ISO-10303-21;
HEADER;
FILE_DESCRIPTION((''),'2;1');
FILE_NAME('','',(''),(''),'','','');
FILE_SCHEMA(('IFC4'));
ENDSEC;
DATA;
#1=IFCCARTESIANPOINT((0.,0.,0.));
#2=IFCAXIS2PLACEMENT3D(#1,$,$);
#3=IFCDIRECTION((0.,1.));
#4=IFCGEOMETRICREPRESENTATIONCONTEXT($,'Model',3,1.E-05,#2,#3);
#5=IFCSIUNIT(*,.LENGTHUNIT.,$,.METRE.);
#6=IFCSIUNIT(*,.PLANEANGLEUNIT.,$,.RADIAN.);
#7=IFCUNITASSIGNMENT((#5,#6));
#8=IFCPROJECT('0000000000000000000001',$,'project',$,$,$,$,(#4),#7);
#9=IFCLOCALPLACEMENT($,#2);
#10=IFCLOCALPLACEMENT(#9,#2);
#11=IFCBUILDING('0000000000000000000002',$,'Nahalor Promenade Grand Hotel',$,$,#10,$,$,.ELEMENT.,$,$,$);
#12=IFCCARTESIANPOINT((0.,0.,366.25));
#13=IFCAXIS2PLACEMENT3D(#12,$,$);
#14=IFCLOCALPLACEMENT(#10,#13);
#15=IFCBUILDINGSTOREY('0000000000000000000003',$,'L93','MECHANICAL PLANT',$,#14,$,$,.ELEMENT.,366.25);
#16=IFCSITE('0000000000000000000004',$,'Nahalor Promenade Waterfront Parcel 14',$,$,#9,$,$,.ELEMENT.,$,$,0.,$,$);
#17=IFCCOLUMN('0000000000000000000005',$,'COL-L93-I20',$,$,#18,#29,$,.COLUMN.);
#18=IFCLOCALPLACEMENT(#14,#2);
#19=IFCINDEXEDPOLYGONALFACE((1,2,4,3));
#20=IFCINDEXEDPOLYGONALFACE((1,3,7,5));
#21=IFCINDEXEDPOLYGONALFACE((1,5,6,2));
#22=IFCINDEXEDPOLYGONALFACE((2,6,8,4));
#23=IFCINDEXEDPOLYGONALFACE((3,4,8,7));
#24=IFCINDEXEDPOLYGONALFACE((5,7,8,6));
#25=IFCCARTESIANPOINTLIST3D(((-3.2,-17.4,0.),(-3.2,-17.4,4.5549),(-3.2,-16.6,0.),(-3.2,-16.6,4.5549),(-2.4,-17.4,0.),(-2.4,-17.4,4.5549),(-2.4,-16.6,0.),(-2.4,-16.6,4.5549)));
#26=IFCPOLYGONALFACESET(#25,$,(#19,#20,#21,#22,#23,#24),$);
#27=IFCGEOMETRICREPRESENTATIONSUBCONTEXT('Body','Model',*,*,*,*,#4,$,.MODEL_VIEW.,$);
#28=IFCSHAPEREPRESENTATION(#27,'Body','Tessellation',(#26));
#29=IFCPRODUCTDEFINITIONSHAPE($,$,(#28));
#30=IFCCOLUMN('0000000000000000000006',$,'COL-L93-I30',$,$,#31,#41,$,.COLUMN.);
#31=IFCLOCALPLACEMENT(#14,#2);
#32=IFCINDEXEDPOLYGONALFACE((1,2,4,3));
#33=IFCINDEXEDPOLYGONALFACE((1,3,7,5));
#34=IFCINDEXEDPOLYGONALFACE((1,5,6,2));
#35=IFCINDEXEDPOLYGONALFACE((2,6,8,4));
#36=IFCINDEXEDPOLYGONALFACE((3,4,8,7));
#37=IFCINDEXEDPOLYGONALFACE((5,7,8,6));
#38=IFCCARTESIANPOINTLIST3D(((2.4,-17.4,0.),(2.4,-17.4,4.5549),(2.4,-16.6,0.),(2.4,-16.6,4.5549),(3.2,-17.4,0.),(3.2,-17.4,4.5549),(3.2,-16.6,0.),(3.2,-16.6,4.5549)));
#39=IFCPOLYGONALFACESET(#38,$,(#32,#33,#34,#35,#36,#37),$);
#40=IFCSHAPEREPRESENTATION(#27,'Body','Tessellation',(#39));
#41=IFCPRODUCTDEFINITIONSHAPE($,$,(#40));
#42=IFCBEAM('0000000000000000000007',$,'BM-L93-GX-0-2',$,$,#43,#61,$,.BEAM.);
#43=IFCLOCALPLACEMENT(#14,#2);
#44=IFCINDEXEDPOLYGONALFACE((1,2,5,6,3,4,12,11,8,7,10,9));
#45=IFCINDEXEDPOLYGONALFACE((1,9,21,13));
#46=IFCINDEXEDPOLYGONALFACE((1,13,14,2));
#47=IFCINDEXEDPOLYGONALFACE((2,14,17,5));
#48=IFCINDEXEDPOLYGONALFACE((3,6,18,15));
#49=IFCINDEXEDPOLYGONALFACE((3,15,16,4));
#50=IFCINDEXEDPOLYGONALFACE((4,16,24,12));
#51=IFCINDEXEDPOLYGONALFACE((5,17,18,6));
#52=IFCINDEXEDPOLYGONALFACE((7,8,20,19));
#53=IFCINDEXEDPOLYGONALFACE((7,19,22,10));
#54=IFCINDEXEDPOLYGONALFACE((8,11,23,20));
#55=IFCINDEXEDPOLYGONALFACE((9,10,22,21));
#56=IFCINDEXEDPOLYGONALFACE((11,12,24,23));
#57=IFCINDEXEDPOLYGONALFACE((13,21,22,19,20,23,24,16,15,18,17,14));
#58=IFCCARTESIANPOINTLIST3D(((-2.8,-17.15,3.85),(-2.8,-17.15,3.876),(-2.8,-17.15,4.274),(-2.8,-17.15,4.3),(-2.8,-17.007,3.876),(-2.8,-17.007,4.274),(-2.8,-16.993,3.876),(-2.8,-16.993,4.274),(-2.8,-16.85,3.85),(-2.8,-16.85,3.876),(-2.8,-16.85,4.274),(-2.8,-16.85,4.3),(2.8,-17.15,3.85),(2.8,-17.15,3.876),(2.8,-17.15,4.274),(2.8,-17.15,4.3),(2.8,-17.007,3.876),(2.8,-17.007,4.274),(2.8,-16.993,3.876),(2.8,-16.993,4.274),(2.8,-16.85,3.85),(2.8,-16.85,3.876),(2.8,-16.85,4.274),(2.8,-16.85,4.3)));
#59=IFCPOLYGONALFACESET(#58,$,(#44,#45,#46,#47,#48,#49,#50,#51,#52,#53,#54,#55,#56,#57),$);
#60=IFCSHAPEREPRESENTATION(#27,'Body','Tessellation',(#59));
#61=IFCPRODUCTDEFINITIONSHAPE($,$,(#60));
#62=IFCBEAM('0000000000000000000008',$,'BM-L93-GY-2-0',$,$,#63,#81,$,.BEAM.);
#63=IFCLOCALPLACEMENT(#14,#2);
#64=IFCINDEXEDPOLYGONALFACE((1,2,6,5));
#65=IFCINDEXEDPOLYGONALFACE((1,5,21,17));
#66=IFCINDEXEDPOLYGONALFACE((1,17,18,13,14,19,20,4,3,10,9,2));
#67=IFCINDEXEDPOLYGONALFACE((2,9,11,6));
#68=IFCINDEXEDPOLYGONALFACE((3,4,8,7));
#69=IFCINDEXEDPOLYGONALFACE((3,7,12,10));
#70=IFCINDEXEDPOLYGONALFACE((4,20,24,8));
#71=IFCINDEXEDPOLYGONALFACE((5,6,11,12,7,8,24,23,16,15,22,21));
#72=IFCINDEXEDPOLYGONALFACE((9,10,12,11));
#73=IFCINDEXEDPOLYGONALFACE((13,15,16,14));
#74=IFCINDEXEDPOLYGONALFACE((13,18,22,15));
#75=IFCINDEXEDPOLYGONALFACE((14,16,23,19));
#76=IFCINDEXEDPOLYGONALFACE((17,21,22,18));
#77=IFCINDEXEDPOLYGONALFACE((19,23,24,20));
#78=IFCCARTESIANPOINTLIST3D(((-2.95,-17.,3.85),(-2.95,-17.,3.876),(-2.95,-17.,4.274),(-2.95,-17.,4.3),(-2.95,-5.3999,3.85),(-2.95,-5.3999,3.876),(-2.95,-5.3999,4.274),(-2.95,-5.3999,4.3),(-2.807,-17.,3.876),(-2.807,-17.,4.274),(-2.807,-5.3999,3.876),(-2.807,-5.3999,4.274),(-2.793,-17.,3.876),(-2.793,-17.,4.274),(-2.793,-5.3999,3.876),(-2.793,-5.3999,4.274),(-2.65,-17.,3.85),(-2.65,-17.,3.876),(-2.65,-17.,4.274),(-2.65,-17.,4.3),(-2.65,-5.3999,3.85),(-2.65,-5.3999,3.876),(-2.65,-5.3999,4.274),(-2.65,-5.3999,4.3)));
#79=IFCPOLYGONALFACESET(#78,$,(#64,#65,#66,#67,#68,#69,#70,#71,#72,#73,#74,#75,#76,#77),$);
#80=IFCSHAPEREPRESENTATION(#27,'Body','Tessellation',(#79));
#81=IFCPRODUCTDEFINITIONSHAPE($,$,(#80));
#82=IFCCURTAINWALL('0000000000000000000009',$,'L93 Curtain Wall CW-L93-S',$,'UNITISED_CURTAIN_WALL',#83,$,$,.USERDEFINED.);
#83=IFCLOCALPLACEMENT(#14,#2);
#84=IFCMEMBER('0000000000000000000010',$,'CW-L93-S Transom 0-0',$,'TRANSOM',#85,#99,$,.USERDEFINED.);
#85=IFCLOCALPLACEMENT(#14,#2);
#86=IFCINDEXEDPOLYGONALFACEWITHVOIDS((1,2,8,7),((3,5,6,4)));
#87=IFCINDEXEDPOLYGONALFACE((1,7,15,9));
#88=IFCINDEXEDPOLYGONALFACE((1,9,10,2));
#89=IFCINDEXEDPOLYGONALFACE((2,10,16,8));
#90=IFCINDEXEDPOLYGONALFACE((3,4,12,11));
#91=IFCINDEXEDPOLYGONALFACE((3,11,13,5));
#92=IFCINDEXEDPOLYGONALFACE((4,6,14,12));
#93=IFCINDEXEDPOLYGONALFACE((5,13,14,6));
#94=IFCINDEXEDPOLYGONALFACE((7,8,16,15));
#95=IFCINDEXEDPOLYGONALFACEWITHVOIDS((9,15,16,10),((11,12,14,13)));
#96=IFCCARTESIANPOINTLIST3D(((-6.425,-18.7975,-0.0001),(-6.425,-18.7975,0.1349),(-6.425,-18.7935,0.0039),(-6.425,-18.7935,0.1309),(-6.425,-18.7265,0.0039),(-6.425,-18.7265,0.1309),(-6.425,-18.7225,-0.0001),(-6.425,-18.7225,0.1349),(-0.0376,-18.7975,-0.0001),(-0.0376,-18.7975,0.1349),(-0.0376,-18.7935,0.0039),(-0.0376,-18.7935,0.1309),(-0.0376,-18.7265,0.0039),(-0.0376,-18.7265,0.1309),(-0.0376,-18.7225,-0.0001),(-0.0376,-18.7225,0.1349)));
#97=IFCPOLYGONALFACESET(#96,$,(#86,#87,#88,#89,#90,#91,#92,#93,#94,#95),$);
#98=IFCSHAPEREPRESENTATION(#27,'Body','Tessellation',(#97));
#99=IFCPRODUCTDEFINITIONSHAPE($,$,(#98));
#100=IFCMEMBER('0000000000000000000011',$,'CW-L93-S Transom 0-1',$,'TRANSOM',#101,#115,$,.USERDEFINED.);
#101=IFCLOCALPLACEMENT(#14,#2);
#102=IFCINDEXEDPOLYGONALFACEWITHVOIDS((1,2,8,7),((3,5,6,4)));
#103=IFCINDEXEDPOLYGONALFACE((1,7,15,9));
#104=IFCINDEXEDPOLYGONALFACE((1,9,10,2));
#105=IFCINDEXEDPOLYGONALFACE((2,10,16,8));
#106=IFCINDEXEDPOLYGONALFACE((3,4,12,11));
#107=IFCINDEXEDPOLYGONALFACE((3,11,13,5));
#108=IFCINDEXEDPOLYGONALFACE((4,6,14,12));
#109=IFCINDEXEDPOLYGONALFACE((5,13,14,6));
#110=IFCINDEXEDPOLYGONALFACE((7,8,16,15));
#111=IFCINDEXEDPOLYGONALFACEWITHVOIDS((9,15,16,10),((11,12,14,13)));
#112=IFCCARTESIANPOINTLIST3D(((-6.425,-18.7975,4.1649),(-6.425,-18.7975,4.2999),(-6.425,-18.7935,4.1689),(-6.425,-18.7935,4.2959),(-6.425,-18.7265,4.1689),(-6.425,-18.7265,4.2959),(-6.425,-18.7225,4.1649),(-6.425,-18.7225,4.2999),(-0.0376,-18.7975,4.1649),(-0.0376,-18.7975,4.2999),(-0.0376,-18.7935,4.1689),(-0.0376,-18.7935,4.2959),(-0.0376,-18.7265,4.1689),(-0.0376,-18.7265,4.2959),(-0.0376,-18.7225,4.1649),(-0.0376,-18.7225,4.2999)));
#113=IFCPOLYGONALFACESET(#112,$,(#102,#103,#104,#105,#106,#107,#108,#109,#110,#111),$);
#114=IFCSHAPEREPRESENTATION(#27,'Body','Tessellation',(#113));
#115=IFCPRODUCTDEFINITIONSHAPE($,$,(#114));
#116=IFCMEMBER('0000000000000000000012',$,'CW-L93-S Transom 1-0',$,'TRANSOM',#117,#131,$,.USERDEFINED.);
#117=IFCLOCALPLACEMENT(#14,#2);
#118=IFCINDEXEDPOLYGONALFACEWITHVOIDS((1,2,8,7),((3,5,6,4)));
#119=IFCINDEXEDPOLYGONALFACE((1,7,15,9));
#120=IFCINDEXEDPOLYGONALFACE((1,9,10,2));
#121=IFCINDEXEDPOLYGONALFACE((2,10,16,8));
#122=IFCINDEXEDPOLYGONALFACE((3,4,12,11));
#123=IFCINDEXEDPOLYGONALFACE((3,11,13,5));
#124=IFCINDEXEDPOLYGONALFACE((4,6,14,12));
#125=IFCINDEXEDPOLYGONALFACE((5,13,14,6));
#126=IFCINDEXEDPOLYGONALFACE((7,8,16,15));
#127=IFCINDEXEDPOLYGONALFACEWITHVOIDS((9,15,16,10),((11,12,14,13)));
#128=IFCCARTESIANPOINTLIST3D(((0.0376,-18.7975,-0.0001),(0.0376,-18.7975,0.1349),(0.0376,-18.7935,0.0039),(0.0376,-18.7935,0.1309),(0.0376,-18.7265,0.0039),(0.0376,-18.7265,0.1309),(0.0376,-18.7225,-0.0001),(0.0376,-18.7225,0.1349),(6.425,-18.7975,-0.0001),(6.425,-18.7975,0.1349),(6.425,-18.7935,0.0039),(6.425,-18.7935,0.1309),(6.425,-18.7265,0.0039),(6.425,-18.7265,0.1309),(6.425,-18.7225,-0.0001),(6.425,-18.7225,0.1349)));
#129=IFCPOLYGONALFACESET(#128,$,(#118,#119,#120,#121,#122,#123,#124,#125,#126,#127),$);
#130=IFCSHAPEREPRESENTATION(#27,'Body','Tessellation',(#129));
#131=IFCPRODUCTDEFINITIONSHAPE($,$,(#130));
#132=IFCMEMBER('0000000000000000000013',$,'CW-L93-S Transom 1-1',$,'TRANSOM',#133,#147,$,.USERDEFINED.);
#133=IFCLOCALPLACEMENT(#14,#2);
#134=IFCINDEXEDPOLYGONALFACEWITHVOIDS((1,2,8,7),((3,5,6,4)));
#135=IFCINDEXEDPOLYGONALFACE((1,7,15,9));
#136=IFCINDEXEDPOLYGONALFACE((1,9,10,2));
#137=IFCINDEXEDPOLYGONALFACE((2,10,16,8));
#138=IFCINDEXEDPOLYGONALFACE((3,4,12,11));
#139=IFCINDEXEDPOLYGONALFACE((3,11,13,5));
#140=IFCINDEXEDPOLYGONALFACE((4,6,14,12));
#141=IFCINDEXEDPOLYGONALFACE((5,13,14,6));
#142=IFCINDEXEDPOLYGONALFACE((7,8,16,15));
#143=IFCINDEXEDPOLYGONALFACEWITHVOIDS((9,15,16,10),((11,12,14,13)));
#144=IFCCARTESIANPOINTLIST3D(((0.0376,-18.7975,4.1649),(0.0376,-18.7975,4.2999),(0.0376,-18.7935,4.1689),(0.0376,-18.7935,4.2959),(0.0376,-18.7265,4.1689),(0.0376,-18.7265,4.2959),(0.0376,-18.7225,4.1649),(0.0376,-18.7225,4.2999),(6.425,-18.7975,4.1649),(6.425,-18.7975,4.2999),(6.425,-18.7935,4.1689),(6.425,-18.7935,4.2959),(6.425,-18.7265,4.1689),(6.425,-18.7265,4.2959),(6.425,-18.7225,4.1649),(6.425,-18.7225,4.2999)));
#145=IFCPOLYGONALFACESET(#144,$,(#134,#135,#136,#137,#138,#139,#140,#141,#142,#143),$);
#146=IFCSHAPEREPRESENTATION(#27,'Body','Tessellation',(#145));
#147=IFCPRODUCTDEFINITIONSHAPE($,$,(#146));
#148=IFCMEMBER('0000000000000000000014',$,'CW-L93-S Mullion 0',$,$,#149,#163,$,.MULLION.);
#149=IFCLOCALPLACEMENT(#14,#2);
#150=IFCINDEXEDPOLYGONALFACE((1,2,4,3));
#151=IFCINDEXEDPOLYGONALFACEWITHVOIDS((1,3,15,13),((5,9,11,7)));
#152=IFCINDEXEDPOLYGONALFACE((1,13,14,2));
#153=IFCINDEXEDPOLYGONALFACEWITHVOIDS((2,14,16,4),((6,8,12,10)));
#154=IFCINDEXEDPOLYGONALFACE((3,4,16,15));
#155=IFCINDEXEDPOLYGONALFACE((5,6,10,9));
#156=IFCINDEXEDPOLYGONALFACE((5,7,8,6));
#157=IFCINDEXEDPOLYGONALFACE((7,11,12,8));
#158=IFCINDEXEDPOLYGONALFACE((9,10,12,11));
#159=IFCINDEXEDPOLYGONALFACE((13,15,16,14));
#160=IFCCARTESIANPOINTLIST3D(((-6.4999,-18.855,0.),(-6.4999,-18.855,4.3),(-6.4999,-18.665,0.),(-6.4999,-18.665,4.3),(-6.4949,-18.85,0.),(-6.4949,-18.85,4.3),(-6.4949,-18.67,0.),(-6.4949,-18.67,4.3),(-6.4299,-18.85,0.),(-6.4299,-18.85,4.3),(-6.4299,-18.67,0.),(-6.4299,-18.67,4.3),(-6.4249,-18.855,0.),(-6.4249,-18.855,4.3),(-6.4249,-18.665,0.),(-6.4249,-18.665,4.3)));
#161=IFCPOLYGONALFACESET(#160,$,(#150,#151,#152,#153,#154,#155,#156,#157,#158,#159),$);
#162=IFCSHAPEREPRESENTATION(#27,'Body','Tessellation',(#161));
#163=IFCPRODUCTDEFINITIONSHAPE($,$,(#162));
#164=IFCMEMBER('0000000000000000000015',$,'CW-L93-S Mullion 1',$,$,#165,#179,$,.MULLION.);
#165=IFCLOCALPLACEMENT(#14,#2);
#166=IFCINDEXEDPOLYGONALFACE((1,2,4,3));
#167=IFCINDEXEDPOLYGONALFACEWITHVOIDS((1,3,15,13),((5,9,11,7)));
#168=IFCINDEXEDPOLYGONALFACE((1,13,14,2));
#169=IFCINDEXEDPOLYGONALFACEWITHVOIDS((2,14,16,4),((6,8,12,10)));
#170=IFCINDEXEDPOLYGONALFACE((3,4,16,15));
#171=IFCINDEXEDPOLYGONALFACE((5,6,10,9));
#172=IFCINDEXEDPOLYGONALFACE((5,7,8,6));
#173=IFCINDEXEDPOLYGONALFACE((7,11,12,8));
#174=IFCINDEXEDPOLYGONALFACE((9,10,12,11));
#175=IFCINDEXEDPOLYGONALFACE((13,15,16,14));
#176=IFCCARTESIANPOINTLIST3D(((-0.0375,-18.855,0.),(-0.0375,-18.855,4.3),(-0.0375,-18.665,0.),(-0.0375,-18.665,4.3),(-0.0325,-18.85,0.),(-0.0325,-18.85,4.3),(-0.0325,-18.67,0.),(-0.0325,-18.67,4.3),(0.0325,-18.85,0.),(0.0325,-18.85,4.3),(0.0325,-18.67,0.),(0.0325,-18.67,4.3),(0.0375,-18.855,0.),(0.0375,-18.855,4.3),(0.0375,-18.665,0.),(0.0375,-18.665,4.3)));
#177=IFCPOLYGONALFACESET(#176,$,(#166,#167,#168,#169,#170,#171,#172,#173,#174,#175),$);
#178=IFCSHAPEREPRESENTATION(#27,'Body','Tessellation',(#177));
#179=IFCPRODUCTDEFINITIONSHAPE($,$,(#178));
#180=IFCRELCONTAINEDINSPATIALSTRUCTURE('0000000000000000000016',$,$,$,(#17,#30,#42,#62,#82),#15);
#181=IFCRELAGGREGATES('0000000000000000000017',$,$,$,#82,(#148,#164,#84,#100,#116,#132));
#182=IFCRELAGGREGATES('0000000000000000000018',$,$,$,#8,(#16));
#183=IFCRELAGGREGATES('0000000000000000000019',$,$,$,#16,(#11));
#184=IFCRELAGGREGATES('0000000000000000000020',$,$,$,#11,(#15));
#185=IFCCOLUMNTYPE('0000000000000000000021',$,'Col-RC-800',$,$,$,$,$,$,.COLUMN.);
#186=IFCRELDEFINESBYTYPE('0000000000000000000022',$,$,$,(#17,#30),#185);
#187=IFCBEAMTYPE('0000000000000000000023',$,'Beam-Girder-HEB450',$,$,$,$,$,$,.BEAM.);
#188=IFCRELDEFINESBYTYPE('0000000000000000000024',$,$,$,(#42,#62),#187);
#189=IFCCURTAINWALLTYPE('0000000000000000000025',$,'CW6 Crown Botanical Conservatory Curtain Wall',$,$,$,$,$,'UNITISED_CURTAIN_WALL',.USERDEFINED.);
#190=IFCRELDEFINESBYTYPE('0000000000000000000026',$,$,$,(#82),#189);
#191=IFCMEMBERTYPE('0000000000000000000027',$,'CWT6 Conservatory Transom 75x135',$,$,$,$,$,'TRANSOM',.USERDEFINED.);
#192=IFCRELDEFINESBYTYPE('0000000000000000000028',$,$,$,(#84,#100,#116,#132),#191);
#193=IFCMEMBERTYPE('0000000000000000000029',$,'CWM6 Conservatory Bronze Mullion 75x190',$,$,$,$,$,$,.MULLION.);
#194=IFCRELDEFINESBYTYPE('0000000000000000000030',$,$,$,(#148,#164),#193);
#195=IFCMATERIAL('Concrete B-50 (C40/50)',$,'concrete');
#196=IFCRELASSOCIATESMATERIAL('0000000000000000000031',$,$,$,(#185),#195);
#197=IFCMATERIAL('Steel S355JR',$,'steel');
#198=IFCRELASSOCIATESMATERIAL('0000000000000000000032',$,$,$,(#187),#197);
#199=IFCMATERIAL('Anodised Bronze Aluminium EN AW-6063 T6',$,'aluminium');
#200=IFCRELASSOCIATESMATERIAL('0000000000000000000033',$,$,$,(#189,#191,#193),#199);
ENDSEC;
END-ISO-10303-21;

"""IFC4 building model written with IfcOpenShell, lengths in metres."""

from ifc_helpers import new_model, si_unit, direction, frame, origin, origin_2d, place, context, subcontext, project, spatial, rectangle, hollow_rectangle, i_section, extrude, source, transform, mapped, material, material_profile, profile_set, type_object, element, aggregate, save


model = new_model("IFC4")

# Units and contexts
model_context = context("Model", 3, precision=1e-05, world=origin(), true_north=direction((0.0, 1.0)))
body_context = subcontext(model_context, "Body", "Model", "MODEL_VIEW")
ifc_project = project(units=[si_unit("LENGTHUNIT", "METRE"), si_unit("PLANEANGLEUNIT", "RADIAN")], contexts=[model_context])

# Site, building, storey
site_placement = place(None, origin())
site = spatial("IfcSite", under=ifc_project, at=site_placement, Name="Nahalor Promenade Waterfront Parcel 14", CompositionType="ELEMENT", RefElevation=0.0)
building_placement = place(site_placement, origin())
building = spatial("IfcBuilding", under=site, at=building_placement, Name="Nahalor Promenade Grand Hotel", CompositionType="ELEMENT")
storey_placement = place(building_placement, frame((0.0, 0.0, 366.25)))
storey = spatial("IfcBuildingStorey", under=building, at=storey_placement, Name="L93", Description="MECHANICAL PLANT", CompositionType="ELEMENT", Elevation=366.25)

# Columns
ifc_material_1 = material(Name="Concrete B-50 (C40/50)", Category="concrete")
ifc_material_profile_1 = material_profile(ifc_material_1, rectangle(XDim=0.8, YDim=0.8, at=origin_2d()), Name="RC 800x800")
ifc_profile_set_1 = profile_set([ifc_material_profile_1], Name="Concrete B-50 (C40/50)")
column_type = type_object("IfcColumnType", Name="Col-RC-800", PredefinedType="COLUMN", material=ifc_profile_set_1)
shared_shape_1 = source(origin(), body_context, "Body", "SweptSolid", [
    extrude(rectangle(XDim=0.8, YDim=0.8, at=origin_2d()), origin(), (0.0, 0.0, 1.0), 4.5549),
])
for number, where, z_axis, x_axis, name in (
    (1, (-2.8, -17.0, 0.0), (0.0, 0.0, 1.0), (1.0, 0.0, 0.0), "COL-L93-I20"),
    (2, (2.8, -17.0, 0.0), (0.0, 0.0, 1.0), (1.0, 0.0, 0.0), "COL-L93-I30"),
):
    element("IfcColumn", number, at=place(storey_placement, frame(where, z_axis=z_axis, x_axis=x_axis)), inside=storey, type_object=column_type, Name=name, PredefinedType="COLUMN", context=body_context, shape_type="MappedRepresentation", body=[
        mapped(shared_shape_1, transform((0.0, 0.0, 0.0), scale=1.0)),
    ])

# Beams
ifc_material_2 = material(Name="Steel S355JR", Category="steel")
ifc_material_profile_2 = material_profile(ifc_material_2, i_section(OverallWidth=0.3, OverallDepth=0.45, WebThickness=0.014, FlangeThickness=0.026, at=origin_2d()), Name="HEB 450")
ifc_profile_set_2 = profile_set([ifc_material_profile_2], Name="Steel S355JR")
beam_type = type_object("IfcBeamType", Name="Beam-Girder-HEB450", PredefinedType="BEAM", material=ifc_profile_set_2)
shared_shape_2 = source(origin(), body_context, "Body", "SweptSolid", [
    extrude(i_section(OverallWidth=0.3, OverallDepth=0.45, WebThickness=0.014, FlangeThickness=0.026, at=origin_2d()), origin(), (0.0, 0.0, 1.0), 5.6001),
])
beam_1_placement = place(storey_placement, frame((-2.8, -17.0, 4.075), z_axis=(1.0, 0.0, 0.0), x_axis=(0.0, 1.0, 0.0)))
element("IfcBeam", 3, at=beam_1_placement, inside=storey, type_object=beam_type, Name="BM-L93-GX-0-2", PredefinedType="BEAM", context=body_context, shape_type="MappedRepresentation", body=[
    mapped(shared_shape_2, transform((0.0, 0.0, 0.0), scale=1.0)),
])
shared_shape_3 = source(origin(), body_context, "Body", "SweptSolid", [
    extrude(i_section(OverallWidth=0.3, OverallDepth=0.45, WebThickness=0.014, FlangeThickness=0.026, at=origin_2d()), origin(), (0.0, 0.0, 1.0), 11.6001),
])
beam_2_placement = place(storey_placement, frame((-2.8, -17.0, 4.075), z_axis=(0.0, 1.0, 0.0), x_axis=(-1.0, 0.0, 0.0)))
element("IfcBeam", 4, at=beam_2_placement, inside=storey, type_object=beam_type, Name="BM-L93-GY-2-0", PredefinedType="BEAM", context=body_context, shape_type="MappedRepresentation", body=[
    mapped(shared_shape_3, transform((0.0, 0.0, 0.0), scale=1.0)),
])

# Curtain wall, members
ifc_material_3 = material(Name="Anodised Bronze Aluminium EN AW-6063 T6", Category="aluminium")
curtain_wall_type = type_object("IfcCurtainWallType", Name="CW6 Crown Botanical Conservatory Curtain Wall", ElementType="UNITISED_CURTAIN_WALL", PredefinedType="USERDEFINED", material=ifc_material_3)
curtain_wall_placement = place(storey_placement, origin())
curtain_wall = element("IfcCurtainWall", 5, at=curtain_wall_placement, inside=storey, type_object=curtain_wall_type, Name="L93 Curtain Wall CW-L93-S", ObjectType="UNITISED_CURTAIN_WALL", PredefinedType="USERDEFINED")
ifc_material_profile_3 = material_profile(ifc_material_3, hollow_rectangle(XDim=0.075, YDim=0.135, WallThickness=0.004, at=origin_2d()), Name="CWT 75x135x4")
ifc_profile_set_3 = profile_set([ifc_material_profile_3], Name="Anodised Bronze Aluminium EN AW-6063 T6")
member_type_1 = type_object("IfcMemberType", Name="CWT6 Conservatory Transom 75x135", ElementType="TRANSOM", PredefinedType="USERDEFINED", material=ifc_profile_set_3)
shared_shape_4 = source(origin(), body_context, "Body", "SweptSolid", [
    extrude(hollow_rectangle(XDim=0.075, YDim=0.135, WallThickness=0.004, at=origin_2d()), origin(), (0.0, 0.0, 1.0), 6.3875),
])
member_1_placement = place(storey_placement, frame((-6.425, -18.76, 0.0674), z_axis=(1.0, 0.0, 0.0), x_axis=(0.0, 1.0, 0.0)))
member_1 = element("IfcMember", 6, at=member_1_placement, type_object=member_type_1, Name="CW-L93-S Transom 0-0", ObjectType="TRANSOM", PredefinedType="USERDEFINED", context=body_context, shape_type="MappedRepresentation", body=[
    mapped(shared_shape_4, transform((0.0, 0.0, 0.0), scale=1.0)),
])
member_2_placement = place(storey_placement, frame((-6.425, -18.76, 4.2324), z_axis=(1.0, 0.0, 0.0), x_axis=(0.0, 1.0, 0.0)))
member_2 = element("IfcMember", 7, at=member_2_placement, type_object=member_type_1, Name="CW-L93-S Transom 0-1", ObjectType="TRANSOM", PredefinedType="USERDEFINED", context=body_context, shape_type="MappedRepresentation", body=[
    mapped(shared_shape_4, transform((0.0, 0.0, 0.0), scale=1.0)),
])
member_3_placement = place(storey_placement, frame((0.0376, -18.76, 0.0674), z_axis=(1.0, 0.0, 0.0), x_axis=(0.0, 1.0, 0.0)))
member_3 = element("IfcMember", 8, at=member_3_placement, type_object=member_type_1, Name="CW-L93-S Transom 1-0", ObjectType="TRANSOM", PredefinedType="USERDEFINED", context=body_context, shape_type="MappedRepresentation", body=[
    mapped(shared_shape_4, transform((0.0, 0.0, 0.0), scale=1.0)),
])
member_4_placement = place(storey_placement, frame((0.0376, -18.76, 4.2324), z_axis=(1.0, 0.0, 0.0), x_axis=(0.0, 1.0, 0.0)))
member_4 = element("IfcMember", 9, at=member_4_placement, type_object=member_type_1, Name="CW-L93-S Transom 1-1", ObjectType="TRANSOM", PredefinedType="USERDEFINED", context=body_context, shape_type="MappedRepresentation", body=[
    mapped(shared_shape_4, transform((0.0, 0.0, 0.0), scale=1.0)),
])
ifc_material_profile_4 = material_profile(ifc_material_3, hollow_rectangle(XDim=0.075, YDim=0.19, WallThickness=0.005, at=origin_2d()), Name="CWM 75x190x5")
ifc_profile_set_4 = profile_set([ifc_material_profile_4], Name="Anodised Bronze Aluminium EN AW-6063 T6")
member_type_2 = type_object("IfcMemberType", Name="CWM6 Conservatory Bronze Mullion 75x190", PredefinedType="MULLION", material=ifc_profile_set_4)
shared_shape_5 = source(origin(), body_context, "Body", "SweptSolid", [
    extrude(hollow_rectangle(XDim=0.075, YDim=0.19, WallThickness=0.005, at=origin_2d()), origin(), (0.0, 0.0, 1.0), 4.3),
])
member_5_placement = place(storey_placement, frame((-6.4624, -18.76, 0.0), z_axis=(0.0, 0.0, 1.0), x_axis=(1.0, 0.0, 0.0)))
member_5 = element("IfcMember", 10, at=member_5_placement, type_object=member_type_2, Name="CW-L93-S Mullion 0", PredefinedType="MULLION", context=body_context, shape_type="MappedRepresentation", body=[
    mapped(shared_shape_5, transform((0.0, 0.0, 0.0), scale=1.0)),
])
member_6_placement = place(storey_placement, frame((0.0, -18.76, 0.0), z_axis=(0.0, 0.0, 1.0), x_axis=(1.0, 0.0, 0.0)))
member_6 = element("IfcMember", 11, at=member_6_placement, type_object=member_type_2, Name="CW-L93-S Mullion 1", PredefinedType="MULLION", context=body_context, shape_type="MappedRepresentation", body=[
    mapped(shared_shape_5, transform((0.0, 0.0, 0.0), scale=1.0)),
])
aggregate(curtain_wall, [member_5, member_6, member_1, member_2, member_3, member_4])

save(model, "model.ifc")
